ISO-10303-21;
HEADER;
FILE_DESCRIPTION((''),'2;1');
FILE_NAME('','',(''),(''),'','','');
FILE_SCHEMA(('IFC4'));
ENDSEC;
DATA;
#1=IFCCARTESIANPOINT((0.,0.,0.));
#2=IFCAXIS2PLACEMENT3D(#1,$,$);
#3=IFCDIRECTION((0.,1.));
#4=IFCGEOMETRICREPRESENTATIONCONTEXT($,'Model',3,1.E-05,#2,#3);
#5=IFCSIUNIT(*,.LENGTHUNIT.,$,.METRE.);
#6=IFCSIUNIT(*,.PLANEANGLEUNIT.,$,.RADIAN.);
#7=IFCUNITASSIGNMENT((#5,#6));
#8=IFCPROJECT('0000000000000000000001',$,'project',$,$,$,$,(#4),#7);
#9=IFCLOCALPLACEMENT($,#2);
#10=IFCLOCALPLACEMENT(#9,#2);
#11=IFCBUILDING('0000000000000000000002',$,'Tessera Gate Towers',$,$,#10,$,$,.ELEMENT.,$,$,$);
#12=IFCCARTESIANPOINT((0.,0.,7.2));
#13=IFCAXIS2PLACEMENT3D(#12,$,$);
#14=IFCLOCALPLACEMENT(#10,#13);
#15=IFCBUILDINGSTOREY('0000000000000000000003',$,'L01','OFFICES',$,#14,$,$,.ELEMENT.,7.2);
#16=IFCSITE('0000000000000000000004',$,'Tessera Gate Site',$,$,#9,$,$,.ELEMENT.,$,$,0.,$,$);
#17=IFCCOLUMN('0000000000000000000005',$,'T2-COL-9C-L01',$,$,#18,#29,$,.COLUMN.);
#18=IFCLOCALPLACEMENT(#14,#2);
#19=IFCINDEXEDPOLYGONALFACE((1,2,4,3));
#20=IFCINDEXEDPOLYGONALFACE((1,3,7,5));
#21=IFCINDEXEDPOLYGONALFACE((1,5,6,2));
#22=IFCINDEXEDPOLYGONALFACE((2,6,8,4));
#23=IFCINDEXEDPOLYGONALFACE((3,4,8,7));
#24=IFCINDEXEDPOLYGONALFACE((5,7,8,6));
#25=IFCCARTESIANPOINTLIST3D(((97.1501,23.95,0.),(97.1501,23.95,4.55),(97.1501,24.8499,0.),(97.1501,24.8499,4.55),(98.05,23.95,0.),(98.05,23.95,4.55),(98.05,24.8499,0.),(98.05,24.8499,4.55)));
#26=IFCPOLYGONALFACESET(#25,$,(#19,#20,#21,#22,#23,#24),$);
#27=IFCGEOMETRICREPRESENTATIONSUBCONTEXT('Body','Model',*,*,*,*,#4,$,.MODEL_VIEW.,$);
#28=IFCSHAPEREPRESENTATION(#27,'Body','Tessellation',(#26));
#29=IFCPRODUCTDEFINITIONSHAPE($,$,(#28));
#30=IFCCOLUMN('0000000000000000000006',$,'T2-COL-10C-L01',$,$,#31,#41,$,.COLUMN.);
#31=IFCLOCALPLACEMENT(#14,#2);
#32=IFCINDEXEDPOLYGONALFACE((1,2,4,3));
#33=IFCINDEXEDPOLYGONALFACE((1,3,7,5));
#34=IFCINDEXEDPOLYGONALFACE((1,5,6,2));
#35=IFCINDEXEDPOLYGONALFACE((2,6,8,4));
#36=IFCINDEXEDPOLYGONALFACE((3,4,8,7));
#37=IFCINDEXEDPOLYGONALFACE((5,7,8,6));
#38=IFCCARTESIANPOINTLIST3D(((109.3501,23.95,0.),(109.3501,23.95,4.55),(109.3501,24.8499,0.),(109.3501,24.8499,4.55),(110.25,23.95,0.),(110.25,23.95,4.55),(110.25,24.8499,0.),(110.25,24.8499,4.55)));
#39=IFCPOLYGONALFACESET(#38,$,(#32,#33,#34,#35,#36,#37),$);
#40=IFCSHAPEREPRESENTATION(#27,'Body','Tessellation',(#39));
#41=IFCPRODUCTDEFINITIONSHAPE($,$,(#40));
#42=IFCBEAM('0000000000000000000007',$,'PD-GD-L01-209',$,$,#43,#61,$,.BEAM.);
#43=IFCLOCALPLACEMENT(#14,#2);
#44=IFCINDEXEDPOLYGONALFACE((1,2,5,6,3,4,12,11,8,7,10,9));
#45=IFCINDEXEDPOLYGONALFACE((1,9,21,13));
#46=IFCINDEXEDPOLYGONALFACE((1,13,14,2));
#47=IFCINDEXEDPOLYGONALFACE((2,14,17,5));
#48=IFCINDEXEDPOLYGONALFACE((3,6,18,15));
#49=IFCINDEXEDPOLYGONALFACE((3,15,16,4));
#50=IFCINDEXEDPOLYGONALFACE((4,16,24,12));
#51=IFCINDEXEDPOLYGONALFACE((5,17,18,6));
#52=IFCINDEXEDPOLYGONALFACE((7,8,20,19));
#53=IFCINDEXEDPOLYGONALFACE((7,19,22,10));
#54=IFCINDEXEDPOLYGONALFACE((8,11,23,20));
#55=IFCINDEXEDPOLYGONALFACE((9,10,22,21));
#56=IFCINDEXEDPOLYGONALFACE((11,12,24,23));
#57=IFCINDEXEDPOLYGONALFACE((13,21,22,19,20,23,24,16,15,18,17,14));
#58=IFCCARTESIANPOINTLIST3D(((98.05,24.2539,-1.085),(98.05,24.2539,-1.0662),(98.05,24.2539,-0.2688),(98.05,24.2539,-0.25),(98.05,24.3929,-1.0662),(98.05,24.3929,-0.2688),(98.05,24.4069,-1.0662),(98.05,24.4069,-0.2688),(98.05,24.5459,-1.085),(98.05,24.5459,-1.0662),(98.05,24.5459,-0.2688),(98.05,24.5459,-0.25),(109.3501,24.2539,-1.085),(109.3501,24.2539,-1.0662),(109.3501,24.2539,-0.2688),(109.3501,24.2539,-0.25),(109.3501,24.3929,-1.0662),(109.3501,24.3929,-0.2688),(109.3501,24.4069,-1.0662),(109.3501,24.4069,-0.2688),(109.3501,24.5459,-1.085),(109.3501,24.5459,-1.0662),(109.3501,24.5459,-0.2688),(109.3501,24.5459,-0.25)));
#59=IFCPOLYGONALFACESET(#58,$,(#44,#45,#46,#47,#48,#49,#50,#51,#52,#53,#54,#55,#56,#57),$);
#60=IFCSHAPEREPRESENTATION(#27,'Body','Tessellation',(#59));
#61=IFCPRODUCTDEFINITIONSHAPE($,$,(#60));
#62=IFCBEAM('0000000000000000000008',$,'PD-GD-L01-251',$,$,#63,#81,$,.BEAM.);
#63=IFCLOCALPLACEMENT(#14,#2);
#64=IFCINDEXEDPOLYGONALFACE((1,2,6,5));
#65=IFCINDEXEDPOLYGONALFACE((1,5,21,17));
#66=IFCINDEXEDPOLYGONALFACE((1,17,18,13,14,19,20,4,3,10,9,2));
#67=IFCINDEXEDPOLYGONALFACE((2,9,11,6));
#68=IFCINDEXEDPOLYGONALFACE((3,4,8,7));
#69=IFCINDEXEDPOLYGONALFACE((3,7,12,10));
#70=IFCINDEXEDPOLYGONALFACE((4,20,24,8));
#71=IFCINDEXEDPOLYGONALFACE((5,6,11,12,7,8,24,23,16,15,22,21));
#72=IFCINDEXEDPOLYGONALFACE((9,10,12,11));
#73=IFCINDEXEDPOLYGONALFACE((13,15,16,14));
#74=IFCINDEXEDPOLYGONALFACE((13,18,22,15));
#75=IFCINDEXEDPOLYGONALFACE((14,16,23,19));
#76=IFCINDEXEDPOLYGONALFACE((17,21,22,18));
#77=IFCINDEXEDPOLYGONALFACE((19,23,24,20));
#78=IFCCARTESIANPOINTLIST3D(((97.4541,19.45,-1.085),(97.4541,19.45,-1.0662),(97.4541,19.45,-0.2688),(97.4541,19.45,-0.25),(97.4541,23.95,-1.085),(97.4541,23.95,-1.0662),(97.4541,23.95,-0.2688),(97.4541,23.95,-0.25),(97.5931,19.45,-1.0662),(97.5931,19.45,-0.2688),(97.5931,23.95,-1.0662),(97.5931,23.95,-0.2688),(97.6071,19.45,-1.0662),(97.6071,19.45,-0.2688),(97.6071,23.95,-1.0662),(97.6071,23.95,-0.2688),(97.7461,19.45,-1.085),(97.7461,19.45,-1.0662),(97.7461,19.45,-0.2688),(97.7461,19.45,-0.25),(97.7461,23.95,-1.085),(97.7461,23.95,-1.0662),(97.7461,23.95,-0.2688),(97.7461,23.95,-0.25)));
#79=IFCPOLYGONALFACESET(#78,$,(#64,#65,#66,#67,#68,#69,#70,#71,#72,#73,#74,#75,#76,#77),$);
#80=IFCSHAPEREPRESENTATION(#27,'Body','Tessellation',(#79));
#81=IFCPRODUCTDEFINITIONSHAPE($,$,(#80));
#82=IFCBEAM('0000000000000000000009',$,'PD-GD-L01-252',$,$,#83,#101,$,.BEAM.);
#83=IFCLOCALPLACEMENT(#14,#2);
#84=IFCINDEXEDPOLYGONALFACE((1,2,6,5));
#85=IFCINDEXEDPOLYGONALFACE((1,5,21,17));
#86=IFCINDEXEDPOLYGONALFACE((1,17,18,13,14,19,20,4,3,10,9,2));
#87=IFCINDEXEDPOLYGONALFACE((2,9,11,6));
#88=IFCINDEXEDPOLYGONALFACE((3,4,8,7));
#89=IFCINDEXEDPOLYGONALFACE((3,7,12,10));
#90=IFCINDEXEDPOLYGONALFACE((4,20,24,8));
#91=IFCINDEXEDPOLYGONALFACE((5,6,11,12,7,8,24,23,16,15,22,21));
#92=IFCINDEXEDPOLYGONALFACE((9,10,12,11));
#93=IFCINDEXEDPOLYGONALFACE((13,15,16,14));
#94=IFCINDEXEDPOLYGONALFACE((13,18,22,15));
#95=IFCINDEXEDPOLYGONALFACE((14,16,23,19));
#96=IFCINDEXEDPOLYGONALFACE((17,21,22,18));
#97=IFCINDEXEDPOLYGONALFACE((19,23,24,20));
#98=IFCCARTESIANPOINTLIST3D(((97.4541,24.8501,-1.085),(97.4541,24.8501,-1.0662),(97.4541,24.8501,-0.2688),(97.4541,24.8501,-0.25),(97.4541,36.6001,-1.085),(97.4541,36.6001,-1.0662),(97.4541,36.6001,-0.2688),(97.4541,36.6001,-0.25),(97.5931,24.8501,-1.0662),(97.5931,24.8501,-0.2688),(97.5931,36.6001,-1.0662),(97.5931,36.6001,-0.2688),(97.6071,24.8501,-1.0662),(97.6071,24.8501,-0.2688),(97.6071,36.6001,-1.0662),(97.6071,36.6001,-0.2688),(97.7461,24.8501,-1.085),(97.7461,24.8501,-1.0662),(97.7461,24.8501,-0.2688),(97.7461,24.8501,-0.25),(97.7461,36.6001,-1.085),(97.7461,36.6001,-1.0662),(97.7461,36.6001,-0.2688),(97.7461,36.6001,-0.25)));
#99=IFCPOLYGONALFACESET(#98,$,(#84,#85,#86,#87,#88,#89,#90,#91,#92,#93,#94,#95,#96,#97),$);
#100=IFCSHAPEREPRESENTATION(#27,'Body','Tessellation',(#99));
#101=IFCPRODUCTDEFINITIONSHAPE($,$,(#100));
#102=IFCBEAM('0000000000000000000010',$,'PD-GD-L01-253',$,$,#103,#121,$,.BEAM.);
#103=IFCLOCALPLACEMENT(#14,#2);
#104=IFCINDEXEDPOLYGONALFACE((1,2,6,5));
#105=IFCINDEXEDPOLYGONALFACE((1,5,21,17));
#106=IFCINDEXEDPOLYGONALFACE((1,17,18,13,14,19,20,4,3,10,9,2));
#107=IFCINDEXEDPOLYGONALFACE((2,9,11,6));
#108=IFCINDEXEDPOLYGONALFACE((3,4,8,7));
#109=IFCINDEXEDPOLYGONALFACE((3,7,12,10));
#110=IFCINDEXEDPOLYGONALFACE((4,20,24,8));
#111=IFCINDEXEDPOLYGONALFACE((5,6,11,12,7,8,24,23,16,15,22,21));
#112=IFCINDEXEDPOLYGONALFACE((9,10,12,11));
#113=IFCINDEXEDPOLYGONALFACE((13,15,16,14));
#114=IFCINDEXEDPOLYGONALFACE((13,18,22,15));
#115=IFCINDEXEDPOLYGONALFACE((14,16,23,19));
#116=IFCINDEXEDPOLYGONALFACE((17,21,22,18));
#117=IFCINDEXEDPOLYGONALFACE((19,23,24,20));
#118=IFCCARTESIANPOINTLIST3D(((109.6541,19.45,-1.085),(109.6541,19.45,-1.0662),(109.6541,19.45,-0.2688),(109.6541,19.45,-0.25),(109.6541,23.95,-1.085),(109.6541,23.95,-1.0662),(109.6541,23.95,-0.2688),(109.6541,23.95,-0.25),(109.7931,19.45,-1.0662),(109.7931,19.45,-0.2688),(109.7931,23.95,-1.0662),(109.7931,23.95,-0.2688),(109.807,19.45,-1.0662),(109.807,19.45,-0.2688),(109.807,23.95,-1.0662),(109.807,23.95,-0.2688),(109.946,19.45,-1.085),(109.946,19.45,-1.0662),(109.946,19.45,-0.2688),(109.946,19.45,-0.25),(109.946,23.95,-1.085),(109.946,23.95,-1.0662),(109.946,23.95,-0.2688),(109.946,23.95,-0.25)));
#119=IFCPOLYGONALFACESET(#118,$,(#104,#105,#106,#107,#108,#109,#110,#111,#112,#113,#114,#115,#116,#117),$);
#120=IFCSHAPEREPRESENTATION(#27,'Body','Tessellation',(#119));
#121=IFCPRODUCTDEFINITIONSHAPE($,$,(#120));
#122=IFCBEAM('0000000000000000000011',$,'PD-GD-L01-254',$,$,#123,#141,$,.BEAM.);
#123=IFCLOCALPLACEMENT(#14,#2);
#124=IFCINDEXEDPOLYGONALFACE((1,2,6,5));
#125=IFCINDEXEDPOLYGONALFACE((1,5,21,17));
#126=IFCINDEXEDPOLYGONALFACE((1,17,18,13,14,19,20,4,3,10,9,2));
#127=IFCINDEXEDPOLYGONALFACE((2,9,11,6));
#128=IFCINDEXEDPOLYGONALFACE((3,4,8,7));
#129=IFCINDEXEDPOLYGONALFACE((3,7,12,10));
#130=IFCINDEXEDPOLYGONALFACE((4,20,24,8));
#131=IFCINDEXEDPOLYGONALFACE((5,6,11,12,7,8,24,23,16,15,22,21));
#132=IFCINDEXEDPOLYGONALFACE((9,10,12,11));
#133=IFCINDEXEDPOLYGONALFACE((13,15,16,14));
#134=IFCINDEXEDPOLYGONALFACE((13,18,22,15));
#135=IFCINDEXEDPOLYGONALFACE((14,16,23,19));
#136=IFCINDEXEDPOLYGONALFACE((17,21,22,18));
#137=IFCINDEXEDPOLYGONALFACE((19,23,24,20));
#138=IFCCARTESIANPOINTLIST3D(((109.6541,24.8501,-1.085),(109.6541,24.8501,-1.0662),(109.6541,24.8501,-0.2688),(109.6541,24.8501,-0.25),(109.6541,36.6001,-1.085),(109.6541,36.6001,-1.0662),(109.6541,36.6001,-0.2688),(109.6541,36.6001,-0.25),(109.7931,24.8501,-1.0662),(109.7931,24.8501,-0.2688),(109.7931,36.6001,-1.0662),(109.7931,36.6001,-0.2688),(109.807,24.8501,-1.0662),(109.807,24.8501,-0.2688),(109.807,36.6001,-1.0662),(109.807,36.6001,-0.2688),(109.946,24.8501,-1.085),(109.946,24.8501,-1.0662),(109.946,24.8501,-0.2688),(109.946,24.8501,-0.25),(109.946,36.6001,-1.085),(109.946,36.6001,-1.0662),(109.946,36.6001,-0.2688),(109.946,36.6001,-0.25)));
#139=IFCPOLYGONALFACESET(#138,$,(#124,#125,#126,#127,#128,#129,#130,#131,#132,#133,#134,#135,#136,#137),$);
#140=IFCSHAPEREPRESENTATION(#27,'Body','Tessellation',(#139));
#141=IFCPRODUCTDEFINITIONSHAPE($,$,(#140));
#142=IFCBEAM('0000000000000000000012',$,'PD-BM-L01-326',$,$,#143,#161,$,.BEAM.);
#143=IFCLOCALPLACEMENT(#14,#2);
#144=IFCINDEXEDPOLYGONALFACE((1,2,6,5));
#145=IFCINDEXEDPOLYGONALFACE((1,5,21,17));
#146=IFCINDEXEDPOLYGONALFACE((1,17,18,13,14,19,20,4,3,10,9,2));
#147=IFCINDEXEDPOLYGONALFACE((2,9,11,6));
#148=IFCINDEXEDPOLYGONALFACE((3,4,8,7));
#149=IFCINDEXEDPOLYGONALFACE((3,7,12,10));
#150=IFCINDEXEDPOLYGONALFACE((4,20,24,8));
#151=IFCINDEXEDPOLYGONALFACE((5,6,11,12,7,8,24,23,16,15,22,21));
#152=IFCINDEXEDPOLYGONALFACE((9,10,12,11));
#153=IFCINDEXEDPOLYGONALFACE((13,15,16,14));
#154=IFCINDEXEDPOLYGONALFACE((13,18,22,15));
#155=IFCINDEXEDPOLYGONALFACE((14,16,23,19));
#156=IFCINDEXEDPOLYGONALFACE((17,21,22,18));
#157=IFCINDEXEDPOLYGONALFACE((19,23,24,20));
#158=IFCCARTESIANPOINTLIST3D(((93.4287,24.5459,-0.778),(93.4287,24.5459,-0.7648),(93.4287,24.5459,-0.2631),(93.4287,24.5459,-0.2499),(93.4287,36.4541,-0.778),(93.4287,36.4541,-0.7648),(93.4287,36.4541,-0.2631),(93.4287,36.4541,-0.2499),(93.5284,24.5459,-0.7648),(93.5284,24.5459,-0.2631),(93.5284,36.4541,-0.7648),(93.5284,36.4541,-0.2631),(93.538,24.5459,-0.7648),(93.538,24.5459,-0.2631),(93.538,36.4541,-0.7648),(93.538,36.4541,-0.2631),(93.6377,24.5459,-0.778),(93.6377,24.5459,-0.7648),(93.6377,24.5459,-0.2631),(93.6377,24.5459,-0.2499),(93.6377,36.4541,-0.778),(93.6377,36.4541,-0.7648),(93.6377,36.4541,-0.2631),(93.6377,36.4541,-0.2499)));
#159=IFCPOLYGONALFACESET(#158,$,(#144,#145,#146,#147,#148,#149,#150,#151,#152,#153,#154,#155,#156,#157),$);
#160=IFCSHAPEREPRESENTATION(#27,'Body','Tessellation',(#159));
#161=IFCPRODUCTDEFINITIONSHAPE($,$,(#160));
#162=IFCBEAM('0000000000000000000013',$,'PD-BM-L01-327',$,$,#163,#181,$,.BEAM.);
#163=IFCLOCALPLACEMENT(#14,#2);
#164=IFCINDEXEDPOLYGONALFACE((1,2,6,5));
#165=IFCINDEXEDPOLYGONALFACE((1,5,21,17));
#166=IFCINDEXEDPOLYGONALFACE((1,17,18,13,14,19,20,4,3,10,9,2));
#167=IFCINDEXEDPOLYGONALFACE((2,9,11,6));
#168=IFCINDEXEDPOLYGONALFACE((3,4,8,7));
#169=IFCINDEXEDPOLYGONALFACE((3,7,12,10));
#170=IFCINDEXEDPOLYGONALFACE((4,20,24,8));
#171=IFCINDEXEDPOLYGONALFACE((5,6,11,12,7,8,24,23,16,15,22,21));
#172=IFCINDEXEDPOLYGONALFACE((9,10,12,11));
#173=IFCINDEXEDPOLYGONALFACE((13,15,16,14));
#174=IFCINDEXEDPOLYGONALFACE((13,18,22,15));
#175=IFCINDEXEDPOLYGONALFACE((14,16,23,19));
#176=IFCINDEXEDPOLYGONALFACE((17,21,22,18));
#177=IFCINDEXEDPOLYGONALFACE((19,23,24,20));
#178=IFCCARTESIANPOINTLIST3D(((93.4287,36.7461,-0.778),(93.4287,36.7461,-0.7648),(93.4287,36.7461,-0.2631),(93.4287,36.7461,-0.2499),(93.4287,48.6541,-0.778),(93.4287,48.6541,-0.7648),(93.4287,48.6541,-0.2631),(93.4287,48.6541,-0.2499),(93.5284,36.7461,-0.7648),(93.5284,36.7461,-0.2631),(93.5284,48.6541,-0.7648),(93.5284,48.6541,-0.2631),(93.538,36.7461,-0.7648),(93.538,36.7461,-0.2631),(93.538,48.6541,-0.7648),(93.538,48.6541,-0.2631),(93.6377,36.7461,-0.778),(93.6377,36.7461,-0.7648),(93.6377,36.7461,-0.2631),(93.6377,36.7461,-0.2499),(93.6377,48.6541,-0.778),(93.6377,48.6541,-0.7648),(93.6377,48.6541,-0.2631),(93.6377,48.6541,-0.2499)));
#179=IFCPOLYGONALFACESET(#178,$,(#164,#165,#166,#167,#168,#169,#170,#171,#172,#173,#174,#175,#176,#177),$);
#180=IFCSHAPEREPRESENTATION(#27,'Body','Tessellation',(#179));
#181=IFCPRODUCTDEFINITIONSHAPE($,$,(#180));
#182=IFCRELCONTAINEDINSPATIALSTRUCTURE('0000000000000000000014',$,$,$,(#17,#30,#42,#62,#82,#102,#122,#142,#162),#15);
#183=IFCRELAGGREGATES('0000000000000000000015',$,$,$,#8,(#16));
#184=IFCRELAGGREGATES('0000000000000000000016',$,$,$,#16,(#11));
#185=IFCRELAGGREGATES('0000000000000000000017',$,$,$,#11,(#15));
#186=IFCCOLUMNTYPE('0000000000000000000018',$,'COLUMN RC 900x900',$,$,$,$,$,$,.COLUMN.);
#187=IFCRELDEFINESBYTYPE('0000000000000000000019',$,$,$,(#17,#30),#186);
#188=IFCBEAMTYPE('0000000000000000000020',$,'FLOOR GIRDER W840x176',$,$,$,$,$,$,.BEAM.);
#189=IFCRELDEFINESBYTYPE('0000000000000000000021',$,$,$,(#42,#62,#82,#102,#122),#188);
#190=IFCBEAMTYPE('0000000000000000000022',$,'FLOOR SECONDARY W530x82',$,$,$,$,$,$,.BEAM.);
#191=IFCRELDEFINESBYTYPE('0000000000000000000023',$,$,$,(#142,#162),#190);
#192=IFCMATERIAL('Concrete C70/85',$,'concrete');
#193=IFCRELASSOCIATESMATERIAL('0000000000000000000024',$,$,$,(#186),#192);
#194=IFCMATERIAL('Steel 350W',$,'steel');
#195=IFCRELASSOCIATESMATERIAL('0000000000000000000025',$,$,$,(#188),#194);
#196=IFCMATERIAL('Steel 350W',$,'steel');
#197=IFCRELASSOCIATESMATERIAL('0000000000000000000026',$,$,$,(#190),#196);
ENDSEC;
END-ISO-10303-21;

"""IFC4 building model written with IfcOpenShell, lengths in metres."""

from ifc_helpers import new_model, si_unit, direction, frame, origin, origin_2d, place, context, subcontext, project, spatial, rectangle, i_section, extrude, material, material_profile, profile_set, type_object, element, save


model = new_model("IFC4")

# Units and contexts
model_context = context("Model", 3, precision=1e-05, world=origin(), true_north=direction((0.0, 1.0)))
body_context = subcontext(model_context, "Body", "Model", "MODEL_VIEW")
ifc_project = project(units=[si_unit("LENGTHUNIT", "METRE"), si_unit("PLANEANGLEUNIT", "RADIAN")], contexts=[model_context])

# Site, building, storey
site_placement = place(None, origin())
site = spatial("IfcSite", under=ifc_project, at=site_placement, Name="Tessera Gate Site", CompositionType="ELEMENT", RefElevation=0.0)
building_placement = place(site_placement, origin())
building = spatial("IfcBuilding", under=site, at=building_placement, Name="Tessera Gate Towers", CompositionType="ELEMENT")
storey_placement = place(building_placement, frame((0.0, 0.0, 7.2)))
storey = spatial("IfcBuildingStorey", under=building, at=storey_placement, Name="L01", Description="OFFICES", CompositionType="ELEMENT", Elevation=7.2)

# Columns
ifc_material_1 = material(Name="Concrete C70/85", Category="concrete")
ifc_material_profile_1 = material_profile(ifc_material_1, rectangle(XDim=0.8999, YDim=0.8999, at=origin_2d()), Name="RC 900x900")
ifc_profile_set_1 = profile_set([ifc_material_profile_1], Name="Concrete C70/85")
column_type = type_object("IfcColumnType", Name="COLUMN RC 900x900", PredefinedType="COLUMN", material=ifc_profile_set_1)
for number, where, z_axis, x_axis, name in (
    (1, (97.6001, 24.3999, 0.0), (0.0, 0.0, 1.0), (1.0, 0.0, 0.0), "T2-COL-9C-L01"),
    (2, (109.8, 24.3999, 0.0), (0.0, 0.0, 1.0), (1.0, 0.0, 0.0), "T2-COL-10C-L01"),
):
    element("IfcColumn", number, at=place(storey_placement, frame(where, z_axis=z_axis, x_axis=x_axis)), inside=storey, type_object=column_type, Name=name, PredefinedType="COLUMN", context=body_context, shape_type="SweptSolid", body=[
        extrude(rectangle(XDim=0.8999, YDim=0.8999, at=origin_2d()), origin(), (0.0, 0.0, 1.0), 4.55),
    ])

# Beams
ifc_material_2 = material(Name="Steel 350W", Category="steel")
ifc_material_profile_2 = material_profile(ifc_material_2, i_section(OverallWidth=0.292, OverallDepth=0.835, WebThickness=0.0139, FlangeThickness=0.0188, at=origin_2d()), Name="W840x176")
ifc_profile_set_2 = profile_set([ifc_material_profile_2], Name="Steel 350W")
beam_type_1 = type_object("IfcBeamType", Name="FLOOR GIRDER W840x176", PredefinedType="BEAM", material=ifc_profile_set_2)
beam_1_placement = place(storey_placement, frame((98.05, 24.3999, -0.6675), z_axis=(1.0, 0.0, 0.0), x_axis=(0.0, 1.0, 0.0)))
element("IfcBeam", 3, at=beam_1_placement, inside=storey, type_object=beam_type_1, Name="PD-GD-L01-209", PredefinedType="BEAM", context=body_context, shape_type="SweptSolid", body=[
    extrude(i_section(OverallWidth=0.292, OverallDepth=0.835, WebThickness=0.0139, FlangeThickness=0.0188, at=origin_2d()), origin(), (0.0, 0.0, 1.0), 11.3),
])
beam_2_placement = place(storey_placement, frame((97.6001, 19.45, -0.6675), z_axis=(0.0, 1.0, 0.0), x_axis=(-1.0, 0.0, 0.0)))
element("IfcBeam", 4, at=beam_2_placement, inside=storey, type_object=beam_type_1, Name="PD-GD-L01-251", PredefinedType="BEAM", context=body_context, shape_type="SweptSolid", body=[
    extrude(i_section(OverallWidth=0.292, OverallDepth=0.835, WebThickness=0.0139, FlangeThickness=0.0188, at=origin_2d()), origin(), (0.0, 0.0, 1.0), 4.5),
])
beam_3_placement = place(storey_placement, frame((97.6001, 24.8501, -0.6675), z_axis=(0.0, 1.0, 0.0), x_axis=(-1.0, 0.0, 0.0)))
element("IfcBeam", 5, at=beam_3_placement, inside=storey, type_object=beam_type_1, Name="PD-GD-L01-252", PredefinedType="BEAM", context=body_context, shape_type="SweptSolid", body=[
    extrude(i_section(OverallWidth=0.292, OverallDepth=0.835, WebThickness=0.0139, FlangeThickness=0.0188, at=origin_2d()), origin(), (0.0, 0.0, 1.0), 11.75),
])
beam_4_placement = place(storey_placement, frame((109.8, 19.45, -0.6675), z_axis=(0.0, 1.0, 0.0), x_axis=(-1.0, 0.0, 0.0)))
element("IfcBeam", 6, at=beam_4_placement, inside=storey, type_object=beam_type_1, Name="PD-GD-L01-253", PredefinedType="BEAM", context=body_context, shape_type="SweptSolid", body=[
    extrude(i_section(OverallWidth=0.292, OverallDepth=0.835, WebThickness=0.0139, FlangeThickness=0.0188, at=origin_2d()), origin(), (0.0, 0.0, 1.0), 4.5),
])
beam_5_placement = place(storey_placement, frame((109.8, 24.8501, -0.6675), z_axis=(0.0, 1.0, 0.0), x_axis=(-1.0, 0.0, 0.0)))
element("IfcBeam", 7, at=beam_5_placement, inside=storey, type_object=beam_type_1, Name="PD-GD-L01-254", PredefinedType="BEAM", context=body_context, shape_type="SweptSolid", body=[
    extrude(i_section(OverallWidth=0.292, OverallDepth=0.835, WebThickness=0.0139, FlangeThickness=0.0188, at=origin_2d()), origin(), (0.0, 0.0, 1.0), 11.75),
])
ifc_material_3 = material(Name="Steel 350W", Category="steel")
ifc_material_profile_3 = material_profile(ifc_material_3, i_section(OverallWidth=0.209, OverallDepth=0.5281, WebThickness=0.0095, FlangeThickness=0.0132, at=origin_2d()), Name="W530x82")
ifc_profile_set_3 = profile_set([ifc_material_profile_3], Name="Steel 350W")
beam_type_2 = type_object("IfcBeamType", Name="FLOOR SECONDARY W530x82", PredefinedType="BEAM", material=ifc_profile_set_3)
beam_6_placement = place(storey_placement, frame((93.5332, 24.5459, -0.5139), z_axis=(0.0, 1.0, 0.0), x_axis=(-1.0, 0.0, 0.0)))
element("IfcBeam", 8, at=beam_6_placement, inside=storey, type_object=beam_type_2, Name="PD-BM-L01-326", PredefinedType="BEAM", context=body_context, shape_type="SweptSolid", body=[
    extrude(i_section(OverallWidth=0.209, OverallDepth=0.5281, WebThickness=0.0095, FlangeThickness=0.0132, at=origin_2d()), origin(), (0.0, 0.0, 1.0), 11.9082),
])
beam_7_placement = place(storey_placement, frame((93.5332, 36.7461, -0.5139), z_axis=(0.0, 1.0, 0.0), x_axis=(-1.0, 0.0, 0.0)))
element("IfcBeam", 9, at=beam_7_placement, inside=storey, type_object=beam_type_2, Name="PD-BM-L01-327", PredefinedType="BEAM", context=body_context, shape_type="SweptSolid", body=[
    extrude(i_section(OverallWidth=0.209, OverallDepth=0.5281, WebThickness=0.0095, FlangeThickness=0.0132, at=origin_2d()), origin(), (0.0, 0.0, 1.0), 11.908),
])

save(model, "model.ifc")
